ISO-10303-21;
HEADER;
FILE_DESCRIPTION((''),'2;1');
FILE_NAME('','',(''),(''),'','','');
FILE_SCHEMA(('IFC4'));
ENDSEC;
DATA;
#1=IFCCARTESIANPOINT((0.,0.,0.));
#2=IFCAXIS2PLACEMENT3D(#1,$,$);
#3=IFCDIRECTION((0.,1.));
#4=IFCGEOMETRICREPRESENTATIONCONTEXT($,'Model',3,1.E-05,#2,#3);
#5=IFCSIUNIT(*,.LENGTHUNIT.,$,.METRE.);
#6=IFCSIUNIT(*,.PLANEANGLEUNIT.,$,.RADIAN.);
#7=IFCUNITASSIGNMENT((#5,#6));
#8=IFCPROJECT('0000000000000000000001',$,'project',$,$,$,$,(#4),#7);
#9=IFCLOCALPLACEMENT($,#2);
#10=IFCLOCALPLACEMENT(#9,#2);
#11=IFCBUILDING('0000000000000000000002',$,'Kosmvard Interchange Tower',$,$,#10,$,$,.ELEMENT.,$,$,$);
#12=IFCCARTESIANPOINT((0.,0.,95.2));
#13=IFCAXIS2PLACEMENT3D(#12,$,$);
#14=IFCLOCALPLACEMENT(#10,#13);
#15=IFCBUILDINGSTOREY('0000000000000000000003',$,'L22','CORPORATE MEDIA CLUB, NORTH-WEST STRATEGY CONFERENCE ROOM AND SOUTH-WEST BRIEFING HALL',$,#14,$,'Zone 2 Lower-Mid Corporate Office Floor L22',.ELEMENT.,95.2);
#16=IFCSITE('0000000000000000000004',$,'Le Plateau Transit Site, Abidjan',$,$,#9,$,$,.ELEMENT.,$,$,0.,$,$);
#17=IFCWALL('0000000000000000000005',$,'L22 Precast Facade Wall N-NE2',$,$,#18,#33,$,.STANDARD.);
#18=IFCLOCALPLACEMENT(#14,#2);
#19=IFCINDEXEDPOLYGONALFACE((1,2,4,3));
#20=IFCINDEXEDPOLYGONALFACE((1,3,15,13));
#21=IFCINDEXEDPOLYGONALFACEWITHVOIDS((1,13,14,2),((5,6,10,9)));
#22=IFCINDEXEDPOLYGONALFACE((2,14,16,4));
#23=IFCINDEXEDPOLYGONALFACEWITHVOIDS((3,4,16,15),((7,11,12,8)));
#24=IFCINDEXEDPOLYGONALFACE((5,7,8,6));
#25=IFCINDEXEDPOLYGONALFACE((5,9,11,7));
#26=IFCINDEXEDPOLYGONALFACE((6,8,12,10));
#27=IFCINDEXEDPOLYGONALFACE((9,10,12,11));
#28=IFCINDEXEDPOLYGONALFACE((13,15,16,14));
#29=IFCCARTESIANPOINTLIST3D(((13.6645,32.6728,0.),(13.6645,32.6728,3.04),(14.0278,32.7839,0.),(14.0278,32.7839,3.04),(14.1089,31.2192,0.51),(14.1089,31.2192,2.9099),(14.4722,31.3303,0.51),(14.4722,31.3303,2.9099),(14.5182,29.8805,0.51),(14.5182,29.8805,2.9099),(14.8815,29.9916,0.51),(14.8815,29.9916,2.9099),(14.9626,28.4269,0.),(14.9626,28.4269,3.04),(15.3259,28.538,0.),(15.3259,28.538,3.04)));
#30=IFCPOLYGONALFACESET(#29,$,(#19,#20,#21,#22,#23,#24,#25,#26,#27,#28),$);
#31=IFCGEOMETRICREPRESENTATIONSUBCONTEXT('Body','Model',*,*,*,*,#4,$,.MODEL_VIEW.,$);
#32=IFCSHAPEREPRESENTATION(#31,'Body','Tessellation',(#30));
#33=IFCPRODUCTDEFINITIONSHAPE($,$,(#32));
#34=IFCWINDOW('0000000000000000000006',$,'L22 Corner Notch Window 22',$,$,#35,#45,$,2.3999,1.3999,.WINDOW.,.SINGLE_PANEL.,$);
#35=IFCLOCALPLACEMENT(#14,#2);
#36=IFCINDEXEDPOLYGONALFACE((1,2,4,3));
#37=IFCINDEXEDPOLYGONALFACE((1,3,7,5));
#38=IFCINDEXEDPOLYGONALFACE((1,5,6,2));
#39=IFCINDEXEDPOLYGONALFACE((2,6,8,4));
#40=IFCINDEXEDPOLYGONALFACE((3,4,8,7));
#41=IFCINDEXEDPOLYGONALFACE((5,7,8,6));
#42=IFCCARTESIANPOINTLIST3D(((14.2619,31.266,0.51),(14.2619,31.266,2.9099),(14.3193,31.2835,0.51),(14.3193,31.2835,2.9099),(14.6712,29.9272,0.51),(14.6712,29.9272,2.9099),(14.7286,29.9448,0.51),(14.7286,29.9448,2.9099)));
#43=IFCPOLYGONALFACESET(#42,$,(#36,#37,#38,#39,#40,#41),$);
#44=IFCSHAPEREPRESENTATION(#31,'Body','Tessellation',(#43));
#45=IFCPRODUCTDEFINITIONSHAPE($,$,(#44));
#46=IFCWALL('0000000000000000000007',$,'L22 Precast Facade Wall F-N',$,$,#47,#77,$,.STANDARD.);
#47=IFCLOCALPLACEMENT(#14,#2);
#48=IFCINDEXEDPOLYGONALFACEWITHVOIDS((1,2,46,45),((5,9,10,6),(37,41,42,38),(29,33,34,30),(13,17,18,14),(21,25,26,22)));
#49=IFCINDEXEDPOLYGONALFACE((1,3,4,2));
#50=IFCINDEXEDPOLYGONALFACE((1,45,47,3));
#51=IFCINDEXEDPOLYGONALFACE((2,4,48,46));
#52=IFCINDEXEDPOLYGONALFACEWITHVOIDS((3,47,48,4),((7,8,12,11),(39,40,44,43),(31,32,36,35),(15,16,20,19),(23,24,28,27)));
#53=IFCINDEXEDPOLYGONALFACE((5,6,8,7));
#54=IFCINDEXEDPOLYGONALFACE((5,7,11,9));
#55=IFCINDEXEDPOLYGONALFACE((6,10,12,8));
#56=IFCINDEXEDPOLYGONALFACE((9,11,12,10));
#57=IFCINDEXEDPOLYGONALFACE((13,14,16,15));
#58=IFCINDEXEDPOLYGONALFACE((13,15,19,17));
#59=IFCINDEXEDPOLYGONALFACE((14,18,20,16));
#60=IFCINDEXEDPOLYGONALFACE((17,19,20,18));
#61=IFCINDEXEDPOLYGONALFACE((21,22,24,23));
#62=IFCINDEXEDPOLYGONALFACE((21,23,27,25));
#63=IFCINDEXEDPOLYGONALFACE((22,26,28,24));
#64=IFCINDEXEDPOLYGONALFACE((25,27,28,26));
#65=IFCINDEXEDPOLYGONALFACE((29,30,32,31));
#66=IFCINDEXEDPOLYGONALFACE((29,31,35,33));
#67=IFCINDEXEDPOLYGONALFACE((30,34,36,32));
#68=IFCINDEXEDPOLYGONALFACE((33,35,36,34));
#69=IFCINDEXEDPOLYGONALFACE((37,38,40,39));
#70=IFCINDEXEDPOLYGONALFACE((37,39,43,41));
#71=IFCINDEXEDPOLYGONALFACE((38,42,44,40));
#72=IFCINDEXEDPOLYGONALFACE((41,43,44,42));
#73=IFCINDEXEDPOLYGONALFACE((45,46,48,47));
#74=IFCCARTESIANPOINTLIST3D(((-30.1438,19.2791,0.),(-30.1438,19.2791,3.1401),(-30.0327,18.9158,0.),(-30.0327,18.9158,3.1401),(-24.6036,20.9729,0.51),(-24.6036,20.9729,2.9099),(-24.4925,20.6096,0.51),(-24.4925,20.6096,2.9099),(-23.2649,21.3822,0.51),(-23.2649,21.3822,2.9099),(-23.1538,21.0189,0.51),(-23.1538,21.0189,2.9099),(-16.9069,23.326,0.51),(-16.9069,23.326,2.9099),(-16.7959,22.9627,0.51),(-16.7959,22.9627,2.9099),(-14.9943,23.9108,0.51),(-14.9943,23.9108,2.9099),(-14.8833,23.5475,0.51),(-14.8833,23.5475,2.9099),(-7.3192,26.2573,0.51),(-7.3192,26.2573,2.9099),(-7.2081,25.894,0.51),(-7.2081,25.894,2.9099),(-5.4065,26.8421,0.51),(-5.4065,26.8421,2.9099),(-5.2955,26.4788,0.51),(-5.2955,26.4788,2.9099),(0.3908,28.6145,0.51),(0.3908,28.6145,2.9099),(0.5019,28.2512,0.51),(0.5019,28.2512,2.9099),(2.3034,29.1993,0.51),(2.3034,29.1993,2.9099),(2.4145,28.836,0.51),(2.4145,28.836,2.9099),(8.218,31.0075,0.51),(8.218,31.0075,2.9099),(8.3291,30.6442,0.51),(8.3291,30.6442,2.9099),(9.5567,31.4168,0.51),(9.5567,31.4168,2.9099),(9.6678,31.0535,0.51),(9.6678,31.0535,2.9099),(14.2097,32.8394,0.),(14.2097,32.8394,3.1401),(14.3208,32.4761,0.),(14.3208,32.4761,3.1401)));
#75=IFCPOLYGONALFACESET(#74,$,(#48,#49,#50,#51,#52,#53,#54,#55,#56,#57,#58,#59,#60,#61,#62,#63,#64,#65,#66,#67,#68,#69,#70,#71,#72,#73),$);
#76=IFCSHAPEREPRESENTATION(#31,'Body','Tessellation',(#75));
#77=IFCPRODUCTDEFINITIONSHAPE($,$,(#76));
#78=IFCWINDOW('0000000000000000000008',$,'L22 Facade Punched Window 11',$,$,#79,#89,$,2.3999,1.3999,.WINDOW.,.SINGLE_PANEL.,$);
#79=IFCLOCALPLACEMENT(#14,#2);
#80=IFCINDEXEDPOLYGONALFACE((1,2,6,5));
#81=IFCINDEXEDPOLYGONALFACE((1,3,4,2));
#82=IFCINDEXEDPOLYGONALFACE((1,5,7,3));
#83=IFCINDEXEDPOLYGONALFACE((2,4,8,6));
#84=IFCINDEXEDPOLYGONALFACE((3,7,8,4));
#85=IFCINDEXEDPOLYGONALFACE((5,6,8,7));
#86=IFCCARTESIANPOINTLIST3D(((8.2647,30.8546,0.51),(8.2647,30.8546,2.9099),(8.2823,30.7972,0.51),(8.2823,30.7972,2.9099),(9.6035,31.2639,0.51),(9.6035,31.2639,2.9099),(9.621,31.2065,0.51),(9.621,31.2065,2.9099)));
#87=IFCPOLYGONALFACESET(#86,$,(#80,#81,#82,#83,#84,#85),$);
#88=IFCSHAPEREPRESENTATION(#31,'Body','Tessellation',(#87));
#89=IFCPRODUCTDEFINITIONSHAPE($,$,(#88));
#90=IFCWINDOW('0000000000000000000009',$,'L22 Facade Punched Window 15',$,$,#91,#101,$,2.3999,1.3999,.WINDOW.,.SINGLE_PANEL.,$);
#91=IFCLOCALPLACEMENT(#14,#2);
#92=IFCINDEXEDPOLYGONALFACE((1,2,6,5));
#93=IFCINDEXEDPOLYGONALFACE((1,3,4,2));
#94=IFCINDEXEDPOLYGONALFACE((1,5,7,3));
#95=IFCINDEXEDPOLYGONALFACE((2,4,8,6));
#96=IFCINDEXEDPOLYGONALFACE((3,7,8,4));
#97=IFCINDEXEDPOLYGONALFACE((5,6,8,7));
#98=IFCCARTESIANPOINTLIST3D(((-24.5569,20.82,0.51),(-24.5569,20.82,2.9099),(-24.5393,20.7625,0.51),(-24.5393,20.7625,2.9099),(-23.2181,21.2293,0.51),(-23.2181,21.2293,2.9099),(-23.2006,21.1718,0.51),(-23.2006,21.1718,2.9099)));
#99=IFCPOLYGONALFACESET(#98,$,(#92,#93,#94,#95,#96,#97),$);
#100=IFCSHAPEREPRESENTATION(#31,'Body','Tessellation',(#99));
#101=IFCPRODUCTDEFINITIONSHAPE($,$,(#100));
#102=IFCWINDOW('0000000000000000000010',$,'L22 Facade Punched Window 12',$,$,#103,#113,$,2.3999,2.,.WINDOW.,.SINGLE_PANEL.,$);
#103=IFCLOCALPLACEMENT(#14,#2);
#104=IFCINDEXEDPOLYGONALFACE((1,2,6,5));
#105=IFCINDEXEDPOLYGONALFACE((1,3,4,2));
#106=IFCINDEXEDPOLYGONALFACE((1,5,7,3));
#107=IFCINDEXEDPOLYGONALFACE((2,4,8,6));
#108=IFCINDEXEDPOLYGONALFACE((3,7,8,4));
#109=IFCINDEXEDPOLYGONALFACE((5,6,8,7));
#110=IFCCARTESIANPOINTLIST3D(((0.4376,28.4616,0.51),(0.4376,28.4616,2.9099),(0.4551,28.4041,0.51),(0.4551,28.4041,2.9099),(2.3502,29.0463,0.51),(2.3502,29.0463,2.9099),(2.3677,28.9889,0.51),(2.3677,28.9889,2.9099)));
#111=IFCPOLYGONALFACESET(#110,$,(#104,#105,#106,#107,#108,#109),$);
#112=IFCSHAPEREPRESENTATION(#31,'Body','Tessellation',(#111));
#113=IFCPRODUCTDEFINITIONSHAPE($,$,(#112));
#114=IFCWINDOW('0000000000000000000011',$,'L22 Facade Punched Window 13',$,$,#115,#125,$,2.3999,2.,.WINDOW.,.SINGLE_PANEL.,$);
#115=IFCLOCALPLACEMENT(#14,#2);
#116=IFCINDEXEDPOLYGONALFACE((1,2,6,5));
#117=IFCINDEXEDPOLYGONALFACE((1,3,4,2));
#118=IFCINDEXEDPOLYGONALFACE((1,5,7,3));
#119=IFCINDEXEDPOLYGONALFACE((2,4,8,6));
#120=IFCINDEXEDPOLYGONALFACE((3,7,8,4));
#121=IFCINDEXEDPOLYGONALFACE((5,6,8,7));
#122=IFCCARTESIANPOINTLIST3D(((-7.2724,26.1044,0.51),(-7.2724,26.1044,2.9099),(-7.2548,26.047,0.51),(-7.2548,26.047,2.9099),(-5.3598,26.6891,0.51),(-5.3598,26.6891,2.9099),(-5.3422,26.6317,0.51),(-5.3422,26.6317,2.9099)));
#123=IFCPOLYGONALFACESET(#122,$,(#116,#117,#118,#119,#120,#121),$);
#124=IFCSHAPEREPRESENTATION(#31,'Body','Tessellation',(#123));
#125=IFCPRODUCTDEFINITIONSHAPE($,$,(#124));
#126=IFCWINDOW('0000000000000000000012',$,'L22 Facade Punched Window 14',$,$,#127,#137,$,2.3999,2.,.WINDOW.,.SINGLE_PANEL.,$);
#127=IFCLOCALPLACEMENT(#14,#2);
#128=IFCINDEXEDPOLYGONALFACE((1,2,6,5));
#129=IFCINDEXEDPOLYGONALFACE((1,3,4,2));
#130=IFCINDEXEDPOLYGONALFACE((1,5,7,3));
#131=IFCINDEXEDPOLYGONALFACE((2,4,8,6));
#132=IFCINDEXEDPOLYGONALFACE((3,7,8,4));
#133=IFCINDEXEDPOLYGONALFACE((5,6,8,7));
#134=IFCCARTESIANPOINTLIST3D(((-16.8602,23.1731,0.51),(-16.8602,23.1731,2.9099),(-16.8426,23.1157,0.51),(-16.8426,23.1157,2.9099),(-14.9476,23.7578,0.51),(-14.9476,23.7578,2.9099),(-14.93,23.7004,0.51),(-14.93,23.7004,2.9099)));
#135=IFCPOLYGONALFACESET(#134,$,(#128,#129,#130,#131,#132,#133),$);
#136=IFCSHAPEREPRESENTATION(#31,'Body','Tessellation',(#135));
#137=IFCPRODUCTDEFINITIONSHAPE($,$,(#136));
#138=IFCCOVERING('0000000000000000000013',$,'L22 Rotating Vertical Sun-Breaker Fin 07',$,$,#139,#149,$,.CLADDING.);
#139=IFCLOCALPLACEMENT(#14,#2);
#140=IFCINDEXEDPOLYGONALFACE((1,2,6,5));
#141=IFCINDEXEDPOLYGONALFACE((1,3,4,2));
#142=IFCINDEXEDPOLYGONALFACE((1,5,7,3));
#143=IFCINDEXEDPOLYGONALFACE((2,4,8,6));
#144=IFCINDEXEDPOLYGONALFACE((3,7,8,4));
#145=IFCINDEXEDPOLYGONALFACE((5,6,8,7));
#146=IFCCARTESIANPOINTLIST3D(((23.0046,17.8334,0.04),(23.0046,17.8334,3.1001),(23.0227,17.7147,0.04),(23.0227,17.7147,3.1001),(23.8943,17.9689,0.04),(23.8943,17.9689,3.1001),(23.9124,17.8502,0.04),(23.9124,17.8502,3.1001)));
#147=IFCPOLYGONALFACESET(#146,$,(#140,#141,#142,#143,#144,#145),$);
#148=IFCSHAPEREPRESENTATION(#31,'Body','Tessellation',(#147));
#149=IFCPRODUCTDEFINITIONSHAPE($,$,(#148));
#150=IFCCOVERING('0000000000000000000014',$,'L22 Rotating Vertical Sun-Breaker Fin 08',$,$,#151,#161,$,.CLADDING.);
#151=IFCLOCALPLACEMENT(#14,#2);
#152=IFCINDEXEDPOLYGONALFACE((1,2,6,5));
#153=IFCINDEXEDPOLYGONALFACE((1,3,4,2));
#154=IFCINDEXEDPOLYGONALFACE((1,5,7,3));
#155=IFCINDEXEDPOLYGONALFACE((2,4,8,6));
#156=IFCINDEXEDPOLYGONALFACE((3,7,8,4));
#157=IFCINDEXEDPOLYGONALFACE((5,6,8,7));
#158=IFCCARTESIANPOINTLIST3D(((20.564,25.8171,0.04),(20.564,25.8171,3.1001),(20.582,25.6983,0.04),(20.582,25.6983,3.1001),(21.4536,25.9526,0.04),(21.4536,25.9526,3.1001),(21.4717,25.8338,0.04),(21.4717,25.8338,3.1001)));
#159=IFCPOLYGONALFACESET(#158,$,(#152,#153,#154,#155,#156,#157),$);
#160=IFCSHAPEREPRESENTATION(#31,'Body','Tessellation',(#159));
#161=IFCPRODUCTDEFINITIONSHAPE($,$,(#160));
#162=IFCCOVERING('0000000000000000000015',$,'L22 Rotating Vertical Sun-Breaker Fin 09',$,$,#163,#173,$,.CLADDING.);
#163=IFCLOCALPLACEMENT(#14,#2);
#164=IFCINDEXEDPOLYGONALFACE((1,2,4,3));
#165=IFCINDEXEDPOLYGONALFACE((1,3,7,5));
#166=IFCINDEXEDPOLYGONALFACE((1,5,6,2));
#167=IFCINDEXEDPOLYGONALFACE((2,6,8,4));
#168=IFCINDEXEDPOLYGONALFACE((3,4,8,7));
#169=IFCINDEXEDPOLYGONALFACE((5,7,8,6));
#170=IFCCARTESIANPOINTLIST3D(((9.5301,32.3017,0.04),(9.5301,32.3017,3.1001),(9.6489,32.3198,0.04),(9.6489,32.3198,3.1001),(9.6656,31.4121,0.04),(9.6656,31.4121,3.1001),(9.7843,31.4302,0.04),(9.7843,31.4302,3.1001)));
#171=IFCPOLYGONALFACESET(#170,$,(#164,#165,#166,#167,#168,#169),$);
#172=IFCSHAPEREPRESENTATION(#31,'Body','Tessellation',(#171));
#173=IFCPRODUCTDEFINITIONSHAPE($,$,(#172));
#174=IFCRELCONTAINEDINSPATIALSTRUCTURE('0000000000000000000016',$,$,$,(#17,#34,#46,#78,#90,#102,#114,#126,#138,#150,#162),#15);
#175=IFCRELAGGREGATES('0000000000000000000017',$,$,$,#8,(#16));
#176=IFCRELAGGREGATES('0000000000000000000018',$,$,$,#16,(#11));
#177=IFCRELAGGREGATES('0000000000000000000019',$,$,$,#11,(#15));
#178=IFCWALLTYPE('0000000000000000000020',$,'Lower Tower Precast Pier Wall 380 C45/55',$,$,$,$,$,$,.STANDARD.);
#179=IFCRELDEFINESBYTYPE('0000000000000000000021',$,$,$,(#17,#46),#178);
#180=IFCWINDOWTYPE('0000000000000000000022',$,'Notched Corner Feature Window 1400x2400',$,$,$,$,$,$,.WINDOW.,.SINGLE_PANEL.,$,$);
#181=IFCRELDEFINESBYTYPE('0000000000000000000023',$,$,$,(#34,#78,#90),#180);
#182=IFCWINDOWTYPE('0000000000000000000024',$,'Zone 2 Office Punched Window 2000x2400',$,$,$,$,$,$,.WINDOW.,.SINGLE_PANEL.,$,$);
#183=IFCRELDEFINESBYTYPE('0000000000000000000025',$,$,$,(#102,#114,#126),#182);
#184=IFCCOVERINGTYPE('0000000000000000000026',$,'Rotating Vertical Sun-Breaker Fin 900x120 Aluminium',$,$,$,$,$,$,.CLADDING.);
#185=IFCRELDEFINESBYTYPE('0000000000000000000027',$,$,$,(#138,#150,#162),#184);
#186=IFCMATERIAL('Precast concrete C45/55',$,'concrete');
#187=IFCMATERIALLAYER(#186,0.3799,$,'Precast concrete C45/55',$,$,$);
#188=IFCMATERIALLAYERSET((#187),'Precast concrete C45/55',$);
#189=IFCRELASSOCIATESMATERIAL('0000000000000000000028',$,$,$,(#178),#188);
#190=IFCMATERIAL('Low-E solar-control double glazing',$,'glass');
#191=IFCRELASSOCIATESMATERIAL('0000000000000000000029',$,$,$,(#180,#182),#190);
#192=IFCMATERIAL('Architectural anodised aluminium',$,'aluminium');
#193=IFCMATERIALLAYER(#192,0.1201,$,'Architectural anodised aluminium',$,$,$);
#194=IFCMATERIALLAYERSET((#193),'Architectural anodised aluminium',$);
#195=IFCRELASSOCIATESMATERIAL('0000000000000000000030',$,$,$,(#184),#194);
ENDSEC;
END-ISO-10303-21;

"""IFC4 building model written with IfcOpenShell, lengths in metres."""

from ifc_helpers import new_model, si_unit, direction, frame, frame_2d, origin, origin_2d, place, context, subcontext, project, spatial, rectangle, extrude, source, transform, mapped, material, layer, layer_set, type_object, element, fill, save


model = new_model("IFC4")

# Units and contexts
model_context = context("Model", 3, precision=1e-05, world=origin(), true_north=direction((0.0, 1.0)))
body_context = subcontext(model_context, "Body", "Model", "MODEL_VIEW")
ifc_project = project(units=[si_unit("LENGTHUNIT", "METRE"), si_unit("PLANEANGLEUNIT", "RADIAN")], contexts=[model_context])

# Site, building, storey
site_placement = place(None, origin())
site = spatial("IfcSite", under=ifc_project, at=site_placement, Name="Le Plateau Transit Site, Abidjan", CompositionType="ELEMENT", RefElevation=0.0)
building_placement = place(site_placement, origin())
building = spatial("IfcBuilding", under=site, at=building_placement, Name="Kosmvard Interchange Tower", CompositionType="ELEMENT")
storey_placement = place(building_placement, frame((0.0, 0.0, 95.2)))
storey = spatial("IfcBuildingStorey", under=building, at=storey_placement, Name="L22", Description="CORPORATE MEDIA CLUB, NORTH-WEST STRATEGY CONFERENCE ROOM AND SOUTH-WEST BRIEFING HALL", LongName="Zone 2 Lower-Mid Corporate Office Floor L22", CompositionType="ELEMENT", Elevation=95.2)

# Shared definitions
ifc_material_1 = material(Name="Precast concrete C45/55", Category="concrete")

# Shared definitions
ifc_layer_1 = layer(ifc_material_1, 0.3799, Name="Precast concrete C45/55")
ifc_layer_set_1 = layer_set([ifc_layer_1], Name="Precast concrete C45/55")
wall_type = type_object("IfcWallType", Name="Lower Tower Precast Pier Wall 380 C45/55", PredefinedType="STANDARD", material=ifc_layer_set_1)

# Wall, opening, window
wall_1_placement = place(storey_placement, frame((15.1443, 28.4824, 0.0), z_axis=(0.0, 0.0, 1.0), x_axis=(-0.292374, 0.956304, 0.0)))
wall_1 = element("IfcWall", 1, at=wall_1_placement, inside=storey, type_object=wall_type, Name="L22 Precast Facade Wall N-NE2", PredefinedType="STANDARD", context=body_context, shape_type="SweptSolid", body=[
    extrude(rectangle(XDim=4.4399, YDim=0.3799, at=frame_2d((2.22, 0.0))), origin(), (0.0, 0.0, 1.0), 3.04),
])
opening_1_placement = place(wall_1_placement, frame((1.52, 0.0, 0.51)))
opening_1 = element("IfcOpeningElement", 2, at=opening_1_placement, cuts=wall_1, PredefinedType="OPENING", context=body_context, shape_type="SweptSolid", body=[
    extrude(rectangle(XDim=1.3999, YDim=2.3999, at=frame_2d((0.7, 1.2))), frame((0.0, 0.2, 0.0), z_axis=(0.0, -1.0, 0.0), x_axis=(1.0, 0.0, 0.0)), (0.0, 0.0, 1.0), 0.3999),
])
ifc_material_2 = material(Name="Low-E solar-control double glazing", Category="glass")
window_type_1 = type_object("IfcWindowType", Name="Notched Corner Feature Window 1400x2400", PartitioningType="SINGLE_PANEL", PredefinedType="WINDOW", material=ifc_material_2)
shared_shape_1 = source(origin(), body_context, "Body", "SweptSolid", [
    extrude(rectangle(XDim=1.3999, YDim=2.3999, at=frame_2d((0.7, 1.2))), frame((0.0, 0.03, 0.0), z_axis=(0.0, -1.0, 0.0), x_axis=(1.0, 0.0, 0.0)), (0.0, 0.0, 1.0), 0.0601),
])
window_1_placement = place(opening_1_placement, origin())
window_1 = element("IfcWindow", 3, at=window_1_placement, inside=storey, type_object=window_type_1, Name="L22 Corner Notch Window 22", OverallHeight=2.3999, OverallWidth=1.3999, PartitioningType="SINGLE_PANEL", PredefinedType="WINDOW", context=body_context, shape_type="MappedRepresentation", body=[
    mapped(shared_shape_1, transform((0.0, 0.0, 0.0), scale=1.0)),
])
fill(opening_1, window_1)

# Wall, openings, windows
wall_2_placement = place(storey_placement, frame((14.2651, 32.6577, 0.0), z_axis=(0.0, 0.0, 1.0), x_axis=(-0.956304, -0.292373, 0.0)))
wall_2 = element("IfcWall", 4, at=wall_2_placement, inside=storey, type_object=wall_type, Name="L22 Precast Facade Wall F-N", PredefinedType="STANDARD", context=body_context, shape_type="SweptSolid", body=[
    extrude(rectangle(XDim=46.3801, YDim=0.3799, at=frame_2d((23.1899, 0.0))), origin(), (0.0, 0.0, 1.0), 3.1401),
])
opening_2_placement = place(wall_2_placement, frame((4.8655, 0.0, 0.51)))
opening_2 = element("IfcOpeningElement", 5, at=opening_2_placement, cuts=wall_2, PredefinedType="OPENING", context=body_context, shape_type="SweptSolid", body=[
    extrude(rectangle(XDim=1.3999, YDim=2.3999, at=frame_2d((0.7, 1.2))), frame((0.0, 0.2, 0.0), z_axis=(0.0, -1.0, 0.0), x_axis=(1.0, 0.0, 0.0)), (0.0, 0.0, 1.0), 0.3999),
])
opening_3_placement = place(wall_2_placement, frame((12.4502, 0.0, 0.51)))
opening_3 = element("IfcOpeningElement", 6, at=opening_3_placement, cuts=wall_2, PredefinedType="OPENING", context=body_context, shape_type="SweptSolid", body=[
    extrude(rectangle(XDim=2.0, YDim=2.3999, at=frame_2d((1.0, 1.2))), frame((0.0, 0.2, 0.0), z_axis=(0.0, -1.0, 0.0), x_axis=(1.0, 0.0, 0.0)), (0.0, 0.0, 1.0), 0.3999),
])
opening_4_placement = place(wall_2_placement, frame((20.5125, 0.0, 0.51)))
opening_4 = element("IfcOpeningElement", 7, at=opening_4_placement, cuts=wall_2, PredefinedType="OPENING", context=body_context, shape_type="SweptSolid", body=[
    extrude(rectangle(XDim=2.0, YDim=2.3999, at=frame_2d((1.0, 1.2))), frame((0.0, 0.2, 0.0), z_axis=(0.0, -1.0, 0.0), x_axis=(1.0, 0.0, 0.0)), (0.0, 0.0, 1.0), 0.3999),
])
opening_5_placement = place(wall_2_placement, frame((30.5383, 0.0, 0.51)))
opening_5 = element("IfcOpeningElement", 8, at=opening_5_placement, cuts=wall_2, PredefinedType="OPENING", context=body_context, shape_type="SweptSolid", body=[
    extrude(rectangle(XDim=2.0, YDim=2.3999, at=frame_2d((1.0, 1.2))), frame((0.0, 0.2, 0.0), z_axis=(0.0, -1.0, 0.0), x_axis=(1.0, 0.0, 0.0)), (0.0, 0.0, 1.0), 0.3999),
])
opening_6_placement = place(wall_2_placement, frame((39.1868, 0.0, 0.51)))
opening_6 = element("IfcOpeningElement", 9, at=opening_6_placement, cuts=wall_2, PredefinedType="OPENING", context=body_context, shape_type="SweptSolid", body=[
    extrude(rectangle(XDim=1.3999, YDim=2.3999, at=frame_2d((0.7, 1.2))), frame((0.0, 0.2, 0.0), z_axis=(0.0, -1.0, 0.0), x_axis=(1.0, 0.0, 0.0)), (0.0, 0.0, 1.0), 0.3999),
])
window_2_placement = place(opening_2_placement, origin())
window_2 = element("IfcWindow", 10, at=window_2_placement, inside=storey, type_object=window_type_1, Name="L22 Facade Punched Window 11", OverallHeight=2.3999, OverallWidth=1.3999, PartitioningType="SINGLE_PANEL", PredefinedType="WINDOW", context=body_context, shape_type="MappedRepresentation", body=[
    mapped(shared_shape_1, transform((0.0, 0.0, 0.0), scale=1.0)),
])
fill(opening_2, window_2)
window_3_placement = place(opening_6_placement, origin())
window_3 = element("IfcWindow", 11, at=window_3_placement, inside=storey, type_object=window_type_1, Name="L22 Facade Punched Window 15", OverallHeight=2.3999, OverallWidth=1.3999, PartitioningType="SINGLE_PANEL", PredefinedType="WINDOW", context=body_context, shape_type="MappedRepresentation", body=[
    mapped(shared_shape_1, transform((0.0, 0.0, 0.0), scale=1.0)),
])
fill(opening_6, window_3)
window_type_2 = type_object("IfcWindowType", Name="Zone 2 Office Punched Window 2000x2400", PartitioningType="SINGLE_PANEL", PredefinedType="WINDOW", material=ifc_material_2)
shared_shape_2 = source(origin(), body_context, "Body", "SweptSolid", [
    extrude(rectangle(XDim=2.0, YDim=2.3999, at=frame_2d((1.0, 1.2))), frame((0.0, 0.03, 0.0), z_axis=(0.0, -1.0, 0.0), x_axis=(1.0, 0.0, 0.0)), (0.0, 0.0, 1.0), 0.0601),
])
window_4_placement = place(opening_3_placement, origin())
window_4 = element("IfcWindow", 12, at=window_4_placement, inside=storey, type_object=window_type_2, Name="L22 Facade Punched Window 12", OverallHeight=2.3999, OverallWidth=2.0, PartitioningType="SINGLE_PANEL", PredefinedType="WINDOW", context=body_context, shape_type="MappedRepresentation", body=[
    mapped(shared_shape_2, transform((0.0, 0.0, 0.0), scale=1.0)),
])
fill(opening_3, window_4)
window_5_placement = place(opening_4_placement, origin())
window_5 = element("IfcWindow", 13, at=window_5_placement, inside=storey, type_object=window_type_2, Name="L22 Facade Punched Window 13", OverallHeight=2.3999, OverallWidth=2.0, PartitioningType="SINGLE_PANEL", PredefinedType="WINDOW", context=body_context, shape_type="MappedRepresentation", body=[
    mapped(shared_shape_2, transform((0.0, 0.0, 0.0), scale=1.0)),
])
fill(opening_4, window_5)
window_6_placement = place(opening_5_placement, origin())
window_6 = element("IfcWindow", 14, at=window_6_placement, inside=storey, type_object=window_type_2, Name="L22 Facade Punched Window 14", OverallHeight=2.3999, OverallWidth=2.0, PartitioningType="SINGLE_PANEL", PredefinedType="WINDOW", context=body_context, shape_type="MappedRepresentation", body=[
    mapped(shared_shape_2, transform((0.0, 0.0, 0.0), scale=1.0)),
])
fill(opening_5, window_6)

# Coverings
ifc_material_3 = material(Name="Architectural anodised aluminium", Category="aluminium")
ifc_layer_2 = layer(ifc_material_3, 0.1201, Name="Architectural anodised aluminium")
ifc_layer_set_2 = layer_set([ifc_layer_2], Name="Architectural anodised aluminium")
covering_type = type_object("IfcCoveringType", Name="Rotating Vertical Sun-Breaker Fin 900x120 Aluminium", PredefinedType="CLADDING", material=ifc_layer_set_2)
shared_shape_3 = source(origin(), body_context, "Body", "SweptSolid", [
    extrude(rectangle(XDim=0.8999, YDim=0.1201, at=origin_2d()), origin(), (0.0, 0.0, 1.0), 3.0601),
])
for number, where, z_axis, x_axis, name in (
    (15, (23.4585, 17.8418, 0.04), (0.0, 0.0, 1.0), (0.988599, 0.150571, 0.0), "L22 Rotating Vertical Sun-Breaker Fin 07"),
    (16, (21.0178, 25.8254, 0.04), (0.0, 0.0, 1.0), (0.988599, 0.150571, 0.0), "L22 Rotating Vertical Sun-Breaker Fin 08"),
    (17, (9.6572, 31.866, 0.04), (0.0, 0.0, 1.0), (-0.150571, 0.988599, 0.0), "L22 Rotating Vertical Sun-Breaker Fin 09"),
):
    element("IfcCovering", number, at=place(storey_placement, frame(where, z_axis=z_axis, x_axis=x_axis)), inside=storey, type_object=covering_type, Name=name, PredefinedType="CLADDING", context=body_context, shape_type="MappedRepresentation", body=[
        mapped(shared_shape_3, transform((0.0, 0.0, 0.0), scale=1.0)),
    ])

save(model, "model.ifc")
